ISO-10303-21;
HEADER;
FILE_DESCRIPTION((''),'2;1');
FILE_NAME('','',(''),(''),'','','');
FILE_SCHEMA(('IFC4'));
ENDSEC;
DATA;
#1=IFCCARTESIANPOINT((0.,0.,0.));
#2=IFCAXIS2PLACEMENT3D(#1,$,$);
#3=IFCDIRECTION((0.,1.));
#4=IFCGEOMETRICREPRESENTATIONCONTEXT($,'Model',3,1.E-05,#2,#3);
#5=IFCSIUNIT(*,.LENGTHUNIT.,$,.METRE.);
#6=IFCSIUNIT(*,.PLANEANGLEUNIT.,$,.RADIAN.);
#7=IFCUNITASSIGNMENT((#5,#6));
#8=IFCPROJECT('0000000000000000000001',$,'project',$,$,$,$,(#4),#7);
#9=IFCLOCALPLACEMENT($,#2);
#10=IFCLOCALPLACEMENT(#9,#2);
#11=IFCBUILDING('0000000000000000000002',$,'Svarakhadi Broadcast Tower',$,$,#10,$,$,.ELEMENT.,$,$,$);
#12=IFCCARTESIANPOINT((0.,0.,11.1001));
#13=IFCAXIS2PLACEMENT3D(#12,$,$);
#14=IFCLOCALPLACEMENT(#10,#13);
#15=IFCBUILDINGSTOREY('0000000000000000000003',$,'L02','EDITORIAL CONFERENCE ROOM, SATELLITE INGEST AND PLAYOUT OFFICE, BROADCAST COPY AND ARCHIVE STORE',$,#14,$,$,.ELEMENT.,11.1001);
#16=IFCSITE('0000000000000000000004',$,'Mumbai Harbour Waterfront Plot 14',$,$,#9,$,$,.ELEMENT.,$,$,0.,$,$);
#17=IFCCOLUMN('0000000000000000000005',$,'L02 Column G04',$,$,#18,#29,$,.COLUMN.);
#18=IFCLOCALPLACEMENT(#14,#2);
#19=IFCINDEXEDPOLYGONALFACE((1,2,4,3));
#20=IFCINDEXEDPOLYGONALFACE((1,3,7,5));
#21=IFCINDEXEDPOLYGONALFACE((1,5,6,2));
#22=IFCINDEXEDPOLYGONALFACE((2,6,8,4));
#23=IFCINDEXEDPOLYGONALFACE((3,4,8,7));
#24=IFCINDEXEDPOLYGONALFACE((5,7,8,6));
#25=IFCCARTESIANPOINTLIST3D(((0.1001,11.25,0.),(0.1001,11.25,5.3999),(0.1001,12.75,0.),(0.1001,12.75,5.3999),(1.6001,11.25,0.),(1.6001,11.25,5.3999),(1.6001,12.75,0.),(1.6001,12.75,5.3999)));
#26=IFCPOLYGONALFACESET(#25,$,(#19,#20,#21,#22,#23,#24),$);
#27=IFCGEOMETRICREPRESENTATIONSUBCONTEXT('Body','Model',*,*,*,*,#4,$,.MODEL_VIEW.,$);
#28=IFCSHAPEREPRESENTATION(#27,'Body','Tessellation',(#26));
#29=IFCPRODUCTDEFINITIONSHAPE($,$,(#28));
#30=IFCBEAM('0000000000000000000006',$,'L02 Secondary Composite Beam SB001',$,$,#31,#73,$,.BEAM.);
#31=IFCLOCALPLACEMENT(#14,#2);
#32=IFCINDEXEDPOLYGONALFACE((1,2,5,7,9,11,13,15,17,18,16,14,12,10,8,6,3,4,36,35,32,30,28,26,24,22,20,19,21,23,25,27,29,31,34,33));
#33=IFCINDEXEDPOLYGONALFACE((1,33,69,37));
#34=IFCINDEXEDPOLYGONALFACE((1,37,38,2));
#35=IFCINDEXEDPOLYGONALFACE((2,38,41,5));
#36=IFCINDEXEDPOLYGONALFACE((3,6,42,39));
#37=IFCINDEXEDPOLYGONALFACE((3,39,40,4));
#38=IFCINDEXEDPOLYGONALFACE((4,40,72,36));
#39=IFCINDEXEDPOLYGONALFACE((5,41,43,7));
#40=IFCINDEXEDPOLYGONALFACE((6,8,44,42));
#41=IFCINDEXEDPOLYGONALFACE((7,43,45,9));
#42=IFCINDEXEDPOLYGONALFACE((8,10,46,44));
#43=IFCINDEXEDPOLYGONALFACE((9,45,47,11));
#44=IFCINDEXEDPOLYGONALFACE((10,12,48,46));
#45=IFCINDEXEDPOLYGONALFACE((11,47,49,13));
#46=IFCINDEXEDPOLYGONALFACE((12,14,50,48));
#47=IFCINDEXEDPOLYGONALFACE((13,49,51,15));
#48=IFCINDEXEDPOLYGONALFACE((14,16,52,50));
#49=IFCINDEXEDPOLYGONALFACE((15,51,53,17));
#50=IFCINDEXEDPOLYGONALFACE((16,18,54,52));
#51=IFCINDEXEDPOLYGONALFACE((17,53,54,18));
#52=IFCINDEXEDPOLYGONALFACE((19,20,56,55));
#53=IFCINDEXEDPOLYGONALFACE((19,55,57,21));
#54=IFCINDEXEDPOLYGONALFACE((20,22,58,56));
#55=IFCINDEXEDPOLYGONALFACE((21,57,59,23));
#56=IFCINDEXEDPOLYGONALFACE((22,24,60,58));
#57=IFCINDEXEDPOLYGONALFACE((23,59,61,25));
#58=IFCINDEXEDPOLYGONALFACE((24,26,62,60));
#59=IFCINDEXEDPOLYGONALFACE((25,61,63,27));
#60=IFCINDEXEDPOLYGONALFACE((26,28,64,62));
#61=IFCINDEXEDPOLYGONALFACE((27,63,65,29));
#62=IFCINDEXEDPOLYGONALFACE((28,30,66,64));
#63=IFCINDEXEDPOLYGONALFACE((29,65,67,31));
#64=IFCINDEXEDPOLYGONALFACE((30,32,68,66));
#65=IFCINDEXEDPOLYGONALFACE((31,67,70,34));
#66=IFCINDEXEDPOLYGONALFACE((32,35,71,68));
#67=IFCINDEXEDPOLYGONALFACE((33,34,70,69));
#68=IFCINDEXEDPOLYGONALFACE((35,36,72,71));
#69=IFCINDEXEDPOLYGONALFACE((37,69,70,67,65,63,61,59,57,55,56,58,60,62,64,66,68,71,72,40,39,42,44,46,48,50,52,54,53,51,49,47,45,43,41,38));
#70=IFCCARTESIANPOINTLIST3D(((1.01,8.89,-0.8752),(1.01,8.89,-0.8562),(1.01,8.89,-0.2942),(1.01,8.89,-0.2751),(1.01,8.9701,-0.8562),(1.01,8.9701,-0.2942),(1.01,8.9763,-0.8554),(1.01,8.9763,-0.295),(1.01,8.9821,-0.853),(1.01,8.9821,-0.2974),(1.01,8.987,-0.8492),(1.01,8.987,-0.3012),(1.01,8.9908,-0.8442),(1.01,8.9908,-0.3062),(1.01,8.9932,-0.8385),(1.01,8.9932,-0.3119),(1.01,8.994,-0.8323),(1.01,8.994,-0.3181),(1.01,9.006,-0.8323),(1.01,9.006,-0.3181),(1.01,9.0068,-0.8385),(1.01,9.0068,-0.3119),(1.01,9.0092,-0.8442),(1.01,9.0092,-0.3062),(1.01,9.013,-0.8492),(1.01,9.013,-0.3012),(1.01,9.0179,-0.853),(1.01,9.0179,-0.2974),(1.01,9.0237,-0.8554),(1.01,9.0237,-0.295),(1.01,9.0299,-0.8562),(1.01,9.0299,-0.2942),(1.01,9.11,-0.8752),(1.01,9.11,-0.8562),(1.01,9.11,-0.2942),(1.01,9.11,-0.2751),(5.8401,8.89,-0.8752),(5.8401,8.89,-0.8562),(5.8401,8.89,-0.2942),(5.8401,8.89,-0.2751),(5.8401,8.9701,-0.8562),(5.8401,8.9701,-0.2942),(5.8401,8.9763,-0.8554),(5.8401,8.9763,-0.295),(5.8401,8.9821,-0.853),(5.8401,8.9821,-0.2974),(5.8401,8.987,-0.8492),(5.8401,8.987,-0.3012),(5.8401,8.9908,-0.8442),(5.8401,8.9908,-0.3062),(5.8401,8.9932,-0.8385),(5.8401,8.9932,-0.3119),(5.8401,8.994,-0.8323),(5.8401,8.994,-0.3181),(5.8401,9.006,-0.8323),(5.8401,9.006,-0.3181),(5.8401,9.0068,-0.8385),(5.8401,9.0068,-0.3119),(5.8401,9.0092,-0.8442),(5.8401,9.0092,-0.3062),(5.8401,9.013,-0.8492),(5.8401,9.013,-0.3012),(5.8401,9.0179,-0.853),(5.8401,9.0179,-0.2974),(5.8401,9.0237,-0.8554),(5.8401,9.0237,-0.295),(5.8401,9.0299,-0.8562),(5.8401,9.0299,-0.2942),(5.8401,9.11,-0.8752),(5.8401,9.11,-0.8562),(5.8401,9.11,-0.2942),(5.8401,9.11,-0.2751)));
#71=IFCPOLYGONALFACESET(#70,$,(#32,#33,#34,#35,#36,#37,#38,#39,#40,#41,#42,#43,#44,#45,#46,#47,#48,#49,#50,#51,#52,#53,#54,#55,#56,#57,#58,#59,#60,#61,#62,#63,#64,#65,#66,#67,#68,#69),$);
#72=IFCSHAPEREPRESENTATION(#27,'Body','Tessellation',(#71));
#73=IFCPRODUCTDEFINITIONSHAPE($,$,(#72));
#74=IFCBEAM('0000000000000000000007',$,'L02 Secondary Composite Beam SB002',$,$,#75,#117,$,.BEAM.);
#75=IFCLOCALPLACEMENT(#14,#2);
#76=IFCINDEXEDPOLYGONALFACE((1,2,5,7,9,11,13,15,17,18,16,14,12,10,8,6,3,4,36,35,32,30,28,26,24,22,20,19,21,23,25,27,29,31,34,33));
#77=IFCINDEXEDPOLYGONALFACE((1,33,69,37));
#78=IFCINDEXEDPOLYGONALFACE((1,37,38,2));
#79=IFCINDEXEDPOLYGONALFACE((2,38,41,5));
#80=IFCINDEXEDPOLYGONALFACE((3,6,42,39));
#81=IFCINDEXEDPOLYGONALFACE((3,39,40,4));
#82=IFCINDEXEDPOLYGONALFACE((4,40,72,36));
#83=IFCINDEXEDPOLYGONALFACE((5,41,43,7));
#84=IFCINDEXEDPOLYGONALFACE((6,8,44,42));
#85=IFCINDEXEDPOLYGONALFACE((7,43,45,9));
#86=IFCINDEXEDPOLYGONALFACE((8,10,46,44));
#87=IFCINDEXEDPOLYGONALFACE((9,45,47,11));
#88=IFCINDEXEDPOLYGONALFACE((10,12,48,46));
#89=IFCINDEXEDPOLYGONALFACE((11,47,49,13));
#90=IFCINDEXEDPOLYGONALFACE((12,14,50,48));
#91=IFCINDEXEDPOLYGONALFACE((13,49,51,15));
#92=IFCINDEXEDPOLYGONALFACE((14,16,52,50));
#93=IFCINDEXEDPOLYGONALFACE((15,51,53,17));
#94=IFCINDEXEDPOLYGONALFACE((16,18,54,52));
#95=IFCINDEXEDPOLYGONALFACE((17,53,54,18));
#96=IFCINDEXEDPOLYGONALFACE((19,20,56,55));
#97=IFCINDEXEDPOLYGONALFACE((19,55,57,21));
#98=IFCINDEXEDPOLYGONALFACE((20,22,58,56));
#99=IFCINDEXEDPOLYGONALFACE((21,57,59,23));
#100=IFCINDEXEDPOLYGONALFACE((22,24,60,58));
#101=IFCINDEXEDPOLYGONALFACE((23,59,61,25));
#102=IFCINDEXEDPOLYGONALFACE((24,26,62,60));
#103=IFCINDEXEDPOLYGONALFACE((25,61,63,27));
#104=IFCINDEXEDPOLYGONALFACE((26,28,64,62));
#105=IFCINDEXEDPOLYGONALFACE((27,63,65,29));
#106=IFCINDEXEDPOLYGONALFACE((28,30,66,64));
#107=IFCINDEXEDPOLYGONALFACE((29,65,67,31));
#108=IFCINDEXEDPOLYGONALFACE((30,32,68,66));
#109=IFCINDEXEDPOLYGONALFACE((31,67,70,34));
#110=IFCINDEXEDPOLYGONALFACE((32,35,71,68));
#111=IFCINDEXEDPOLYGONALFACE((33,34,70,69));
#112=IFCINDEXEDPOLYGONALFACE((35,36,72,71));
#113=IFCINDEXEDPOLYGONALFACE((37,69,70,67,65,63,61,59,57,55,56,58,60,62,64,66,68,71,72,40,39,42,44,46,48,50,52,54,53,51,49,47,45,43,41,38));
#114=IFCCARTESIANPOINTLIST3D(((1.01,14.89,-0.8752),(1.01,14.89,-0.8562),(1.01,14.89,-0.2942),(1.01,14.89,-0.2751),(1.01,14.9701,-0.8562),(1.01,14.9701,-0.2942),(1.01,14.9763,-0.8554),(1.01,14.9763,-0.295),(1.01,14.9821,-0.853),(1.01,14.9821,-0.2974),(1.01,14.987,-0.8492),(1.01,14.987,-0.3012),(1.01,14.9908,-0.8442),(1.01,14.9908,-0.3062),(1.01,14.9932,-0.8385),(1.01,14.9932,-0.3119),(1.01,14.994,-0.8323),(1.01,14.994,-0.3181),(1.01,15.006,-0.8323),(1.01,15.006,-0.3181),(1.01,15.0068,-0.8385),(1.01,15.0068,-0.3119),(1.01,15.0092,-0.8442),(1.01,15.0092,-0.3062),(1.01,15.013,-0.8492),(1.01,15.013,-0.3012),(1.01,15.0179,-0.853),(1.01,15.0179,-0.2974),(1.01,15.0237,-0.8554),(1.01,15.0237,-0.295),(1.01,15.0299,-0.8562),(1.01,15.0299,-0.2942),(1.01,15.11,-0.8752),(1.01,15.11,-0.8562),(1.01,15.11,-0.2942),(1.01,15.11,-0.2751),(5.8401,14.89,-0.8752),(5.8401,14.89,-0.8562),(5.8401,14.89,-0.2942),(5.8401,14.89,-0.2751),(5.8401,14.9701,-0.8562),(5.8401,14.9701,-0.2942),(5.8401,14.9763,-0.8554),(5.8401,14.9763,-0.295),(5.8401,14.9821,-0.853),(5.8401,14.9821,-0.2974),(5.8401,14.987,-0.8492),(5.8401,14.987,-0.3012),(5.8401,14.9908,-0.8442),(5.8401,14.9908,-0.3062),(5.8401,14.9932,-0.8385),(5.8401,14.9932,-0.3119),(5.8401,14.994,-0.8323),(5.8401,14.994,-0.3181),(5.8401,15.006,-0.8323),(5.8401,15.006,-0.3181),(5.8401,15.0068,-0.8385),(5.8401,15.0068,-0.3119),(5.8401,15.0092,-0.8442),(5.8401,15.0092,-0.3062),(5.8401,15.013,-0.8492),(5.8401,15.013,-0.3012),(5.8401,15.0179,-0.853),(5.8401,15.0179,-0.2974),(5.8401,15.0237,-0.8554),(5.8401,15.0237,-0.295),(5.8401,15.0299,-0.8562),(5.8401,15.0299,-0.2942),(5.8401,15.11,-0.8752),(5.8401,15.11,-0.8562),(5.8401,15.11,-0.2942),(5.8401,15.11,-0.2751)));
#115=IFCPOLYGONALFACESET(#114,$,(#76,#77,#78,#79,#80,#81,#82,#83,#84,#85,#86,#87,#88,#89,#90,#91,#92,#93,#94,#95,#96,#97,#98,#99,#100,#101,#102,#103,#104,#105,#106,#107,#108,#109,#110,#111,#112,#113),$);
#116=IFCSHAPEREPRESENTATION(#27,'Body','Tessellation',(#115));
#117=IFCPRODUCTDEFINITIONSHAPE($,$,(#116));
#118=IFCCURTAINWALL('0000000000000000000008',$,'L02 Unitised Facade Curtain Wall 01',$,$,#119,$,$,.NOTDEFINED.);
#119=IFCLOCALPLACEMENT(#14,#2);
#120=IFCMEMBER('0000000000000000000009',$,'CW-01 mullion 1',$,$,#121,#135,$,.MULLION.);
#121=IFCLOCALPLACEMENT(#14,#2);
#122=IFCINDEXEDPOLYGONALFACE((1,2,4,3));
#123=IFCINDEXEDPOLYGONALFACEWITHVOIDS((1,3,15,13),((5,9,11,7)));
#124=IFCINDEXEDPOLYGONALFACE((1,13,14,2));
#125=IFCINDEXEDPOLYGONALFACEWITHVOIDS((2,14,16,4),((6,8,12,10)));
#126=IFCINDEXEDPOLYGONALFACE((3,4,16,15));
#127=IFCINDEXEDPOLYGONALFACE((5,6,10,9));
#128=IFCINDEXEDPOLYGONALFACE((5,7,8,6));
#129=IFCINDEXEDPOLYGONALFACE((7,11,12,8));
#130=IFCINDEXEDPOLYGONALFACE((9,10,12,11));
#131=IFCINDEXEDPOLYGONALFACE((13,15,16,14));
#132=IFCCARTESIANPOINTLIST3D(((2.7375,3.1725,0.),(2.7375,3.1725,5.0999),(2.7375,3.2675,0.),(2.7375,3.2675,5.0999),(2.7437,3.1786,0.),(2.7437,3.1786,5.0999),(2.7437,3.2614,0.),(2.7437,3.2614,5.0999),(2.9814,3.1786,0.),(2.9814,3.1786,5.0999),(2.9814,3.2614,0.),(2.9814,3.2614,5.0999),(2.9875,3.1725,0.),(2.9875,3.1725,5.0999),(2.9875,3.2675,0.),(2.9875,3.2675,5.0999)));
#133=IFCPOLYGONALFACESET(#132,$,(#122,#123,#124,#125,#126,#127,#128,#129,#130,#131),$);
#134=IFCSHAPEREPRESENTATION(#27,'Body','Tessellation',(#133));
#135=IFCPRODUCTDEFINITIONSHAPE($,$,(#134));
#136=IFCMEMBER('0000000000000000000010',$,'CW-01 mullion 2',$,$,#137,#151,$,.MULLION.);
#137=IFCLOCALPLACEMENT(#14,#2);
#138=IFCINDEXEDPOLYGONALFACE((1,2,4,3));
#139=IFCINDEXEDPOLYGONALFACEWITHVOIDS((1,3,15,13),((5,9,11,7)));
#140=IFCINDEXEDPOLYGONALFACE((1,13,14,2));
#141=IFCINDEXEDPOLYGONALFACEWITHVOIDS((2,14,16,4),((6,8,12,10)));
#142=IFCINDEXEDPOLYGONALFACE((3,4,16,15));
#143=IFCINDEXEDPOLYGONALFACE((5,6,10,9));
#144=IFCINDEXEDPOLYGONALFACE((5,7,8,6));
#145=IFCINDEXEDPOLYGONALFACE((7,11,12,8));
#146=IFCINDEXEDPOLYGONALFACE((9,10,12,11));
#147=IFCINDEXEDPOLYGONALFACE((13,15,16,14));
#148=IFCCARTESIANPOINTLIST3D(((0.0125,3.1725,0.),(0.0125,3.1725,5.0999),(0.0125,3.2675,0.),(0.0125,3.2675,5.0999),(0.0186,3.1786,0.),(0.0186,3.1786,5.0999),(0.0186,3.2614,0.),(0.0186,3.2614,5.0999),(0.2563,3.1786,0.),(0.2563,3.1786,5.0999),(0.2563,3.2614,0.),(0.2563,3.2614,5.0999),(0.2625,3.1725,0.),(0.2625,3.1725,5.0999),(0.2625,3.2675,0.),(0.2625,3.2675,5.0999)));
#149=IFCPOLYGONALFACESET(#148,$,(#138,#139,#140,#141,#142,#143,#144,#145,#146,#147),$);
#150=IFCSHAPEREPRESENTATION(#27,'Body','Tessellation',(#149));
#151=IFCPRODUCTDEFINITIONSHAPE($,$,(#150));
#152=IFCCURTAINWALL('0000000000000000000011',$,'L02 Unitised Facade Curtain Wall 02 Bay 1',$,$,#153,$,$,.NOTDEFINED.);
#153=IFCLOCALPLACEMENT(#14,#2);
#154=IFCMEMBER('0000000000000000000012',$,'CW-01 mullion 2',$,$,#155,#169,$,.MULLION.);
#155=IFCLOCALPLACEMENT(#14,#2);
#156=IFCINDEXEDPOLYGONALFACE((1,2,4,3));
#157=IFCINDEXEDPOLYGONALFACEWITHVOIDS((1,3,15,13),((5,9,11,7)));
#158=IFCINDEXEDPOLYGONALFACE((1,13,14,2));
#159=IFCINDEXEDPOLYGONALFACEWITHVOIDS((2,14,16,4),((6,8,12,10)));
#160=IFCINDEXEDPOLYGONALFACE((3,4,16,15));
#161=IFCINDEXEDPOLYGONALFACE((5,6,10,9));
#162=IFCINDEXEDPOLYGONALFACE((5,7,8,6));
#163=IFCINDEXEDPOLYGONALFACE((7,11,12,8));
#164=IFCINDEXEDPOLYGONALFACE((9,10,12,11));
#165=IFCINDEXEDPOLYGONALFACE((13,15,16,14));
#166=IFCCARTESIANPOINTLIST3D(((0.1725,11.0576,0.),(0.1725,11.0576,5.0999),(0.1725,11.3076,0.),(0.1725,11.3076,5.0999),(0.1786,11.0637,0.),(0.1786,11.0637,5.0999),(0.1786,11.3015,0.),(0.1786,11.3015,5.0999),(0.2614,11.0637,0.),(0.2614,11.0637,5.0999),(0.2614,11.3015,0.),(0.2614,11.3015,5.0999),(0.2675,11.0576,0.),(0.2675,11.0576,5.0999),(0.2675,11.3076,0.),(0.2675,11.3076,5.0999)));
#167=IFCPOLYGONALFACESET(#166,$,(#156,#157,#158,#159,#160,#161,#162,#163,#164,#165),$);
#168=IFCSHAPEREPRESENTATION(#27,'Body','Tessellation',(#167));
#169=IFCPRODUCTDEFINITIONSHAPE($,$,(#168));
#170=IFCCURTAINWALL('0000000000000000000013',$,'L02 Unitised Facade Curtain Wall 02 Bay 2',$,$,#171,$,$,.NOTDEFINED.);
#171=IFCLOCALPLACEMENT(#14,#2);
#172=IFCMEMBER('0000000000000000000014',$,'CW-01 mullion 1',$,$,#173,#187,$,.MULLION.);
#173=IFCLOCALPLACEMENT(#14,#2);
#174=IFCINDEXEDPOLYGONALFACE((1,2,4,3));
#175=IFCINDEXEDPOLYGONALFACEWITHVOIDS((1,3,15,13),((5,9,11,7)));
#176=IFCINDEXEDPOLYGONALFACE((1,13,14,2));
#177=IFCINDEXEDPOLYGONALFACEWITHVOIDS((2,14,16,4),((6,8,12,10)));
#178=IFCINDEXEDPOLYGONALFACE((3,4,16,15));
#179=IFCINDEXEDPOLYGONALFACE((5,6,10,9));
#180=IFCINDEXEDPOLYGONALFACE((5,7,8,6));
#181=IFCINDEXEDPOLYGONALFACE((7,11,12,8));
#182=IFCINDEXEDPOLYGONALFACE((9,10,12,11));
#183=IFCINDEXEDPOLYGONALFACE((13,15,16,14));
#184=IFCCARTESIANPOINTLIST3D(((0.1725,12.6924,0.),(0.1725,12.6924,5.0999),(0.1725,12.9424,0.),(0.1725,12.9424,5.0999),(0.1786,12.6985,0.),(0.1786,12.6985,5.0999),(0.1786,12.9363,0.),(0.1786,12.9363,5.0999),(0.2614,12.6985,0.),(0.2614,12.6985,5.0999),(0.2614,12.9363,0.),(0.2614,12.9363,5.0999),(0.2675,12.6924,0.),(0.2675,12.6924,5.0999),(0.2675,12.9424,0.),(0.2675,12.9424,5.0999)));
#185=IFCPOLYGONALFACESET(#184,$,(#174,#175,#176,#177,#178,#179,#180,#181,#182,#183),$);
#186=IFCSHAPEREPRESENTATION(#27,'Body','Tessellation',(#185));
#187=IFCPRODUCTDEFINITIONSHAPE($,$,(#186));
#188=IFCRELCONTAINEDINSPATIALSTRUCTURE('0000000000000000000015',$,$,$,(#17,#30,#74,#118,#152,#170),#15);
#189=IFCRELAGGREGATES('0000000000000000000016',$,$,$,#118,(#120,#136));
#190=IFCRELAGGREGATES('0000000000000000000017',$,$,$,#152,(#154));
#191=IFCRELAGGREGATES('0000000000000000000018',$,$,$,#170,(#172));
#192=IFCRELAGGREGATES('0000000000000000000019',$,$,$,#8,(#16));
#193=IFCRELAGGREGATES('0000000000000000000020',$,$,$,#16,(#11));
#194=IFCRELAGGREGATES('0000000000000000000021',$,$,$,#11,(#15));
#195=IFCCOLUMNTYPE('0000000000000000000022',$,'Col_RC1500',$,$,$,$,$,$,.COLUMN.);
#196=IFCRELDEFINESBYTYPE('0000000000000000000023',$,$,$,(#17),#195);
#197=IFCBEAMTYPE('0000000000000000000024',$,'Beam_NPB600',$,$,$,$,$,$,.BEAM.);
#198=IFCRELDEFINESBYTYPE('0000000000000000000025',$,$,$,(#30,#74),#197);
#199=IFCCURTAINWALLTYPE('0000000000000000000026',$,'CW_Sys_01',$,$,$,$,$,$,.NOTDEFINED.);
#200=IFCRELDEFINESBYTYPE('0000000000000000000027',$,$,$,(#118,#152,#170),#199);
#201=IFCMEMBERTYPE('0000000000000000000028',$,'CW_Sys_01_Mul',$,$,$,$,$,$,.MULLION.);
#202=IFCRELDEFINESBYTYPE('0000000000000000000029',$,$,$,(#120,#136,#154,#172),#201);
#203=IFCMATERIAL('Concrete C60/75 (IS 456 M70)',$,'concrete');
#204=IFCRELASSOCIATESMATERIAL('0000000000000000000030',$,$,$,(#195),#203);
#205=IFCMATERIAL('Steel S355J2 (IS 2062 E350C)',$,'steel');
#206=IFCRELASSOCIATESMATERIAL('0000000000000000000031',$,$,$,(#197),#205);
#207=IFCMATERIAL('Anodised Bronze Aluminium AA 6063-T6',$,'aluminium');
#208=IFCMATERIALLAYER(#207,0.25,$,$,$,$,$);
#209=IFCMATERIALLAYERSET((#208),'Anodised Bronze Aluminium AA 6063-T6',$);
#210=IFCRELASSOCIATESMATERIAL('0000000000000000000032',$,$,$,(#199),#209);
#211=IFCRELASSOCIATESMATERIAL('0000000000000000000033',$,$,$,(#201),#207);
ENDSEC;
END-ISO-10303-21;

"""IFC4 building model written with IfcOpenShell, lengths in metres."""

from ifc_helpers import new_model, si_unit, direction, frame, origin, origin_2d, place, context, subcontext, project, spatial, rectangle, hollow_rectangle, i_section, extrude, material, layer, layer_set, material_profile, profile_set, type_object, element, aggregate, save


model = new_model("IFC4")

# Units and contexts
model_context = context("Model", 3, precision=1e-05, world=origin(), true_north=direction((0.0, 1.0)))
body_context = subcontext(model_context, "Body", "Model", "MODEL_VIEW")
ifc_project = project(units=[si_unit("LENGTHUNIT", "METRE"), si_unit("PLANEANGLEUNIT", "RADIAN")], contexts=[model_context])

# Site, building, storey
site_placement = place(None, origin())
site = spatial("IfcSite", under=ifc_project, at=site_placement, Name="Mumbai Harbour Waterfront Plot 14", CompositionType="ELEMENT", RefElevation=0.0)
building_placement = place(site_placement, origin())
building = spatial("IfcBuilding", under=site, at=building_placement, Name="Svarakhadi Broadcast Tower", CompositionType="ELEMENT")
storey_placement = place(building_placement, frame((0.0, 0.0, 11.1001)))
storey = spatial("IfcBuildingStorey", under=building, at=storey_placement, Name="L02", Description="EDITORIAL CONFERENCE ROOM, SATELLITE INGEST AND PLAYOUT OFFICE, BROADCAST COPY AND ARCHIVE STORE", CompositionType="ELEMENT", Elevation=11.1001)

# Column
ifc_material_1 = material(Name="Concrete C60/75 (IS 456 M70)", Category="concrete")
ifc_material_profile_1 = material_profile(ifc_material_1, rectangle(XDim=1.5, YDim=1.5, at=origin_2d()), Name="RC 1500x1500")
ifc_profile_set_1 = profile_set([ifc_material_profile_1], Name="Concrete C60/75 (IS 456 M70)")
column_type_1 = type_object("IfcColumnType", Name="Col_RC1500", PredefinedType="COLUMN", material=ifc_profile_set_1)
column_placement = place(storey_placement, frame((0.8501, 12.0, 0.0), z_axis=(0.0, 0.0, 1.0), x_axis=(1.0, 0.0, 0.0)))
element("IfcColumn", 1, at=column_placement, inside=storey, type_object=column_type_1, Name="L02 Column G04", PredefinedType="COLUMN", context=body_context, shape_type="SweptSolid", body=[
    extrude(rectangle(XDim=1.5, YDim=1.5, at=origin_2d()), origin(), (0.0, 0.0, 1.0), 5.3999),
])

# Beams
ifc_material_2 = material(Name="Steel S355J2 (IS 2062 E350C)", Category="steel")
ifc_material_profile_2 = material_profile(ifc_material_2, i_section(OverallWidth=0.22, OverallDepth=0.6001, WebThickness=0.012, FlangeThickness=0.019, FilletRadius=0.0239, at=origin_2d()), Name="NPB 600x220x122")
ifc_profile_set_2 = profile_set([ifc_material_profile_2], Name="Steel S355J2 (IS 2062 E350C)")
beam_type_1 = type_object("IfcBeamType", Name="Beam_NPB600", PredefinedType="BEAM", material=ifc_profile_set_2)
for number, where, z_axis, x_axis, name in (
    (2, (1.01, 9.0, -0.5752), (1.0, 0.0, 0.0), (0.0, 1.0, 0.0), "L02 Secondary Composite Beam SB001"),
    (3, (1.01, 15.0, -0.5752), (1.0, 0.0, 0.0), (0.0, 1.0, 0.0), "L02 Secondary Composite Beam SB002"),
):
    element("IfcBeam", number, at=place(storey_placement, frame(where, z_axis=z_axis, x_axis=x_axis)), inside=storey, type_object=beam_type_1, Name=name, PredefinedType="BEAM", context=body_context, shape_type="SweptSolid", body=[
        extrude(i_section(OverallWidth=0.22, OverallDepth=0.6001, WebThickness=0.012, FlangeThickness=0.019, FilletRadius=0.0239, at=origin_2d()), origin(), (0.0, 0.0, 1.0), 4.8301),
    ])

# Curtain wall, members
ifc_material_3 = material(Name="Anodised Bronze Aluminium AA 6063-T6", Category="aluminium")
ifc_layer_1 = layer(ifc_material_3, 0.25)
ifc_layer_set_1 = layer_set([ifc_layer_1], Name="Anodised Bronze Aluminium AA 6063-T6")
curtain_wall_type = type_object("IfcCurtainWallType", Name="CW_Sys_01", PredefinedType="NOTDEFINED", material=ifc_layer_set_1)
curtain_wall_1_placement = place(storey_placement, origin())
curtain_wall_1 = element("IfcCurtainWall", 4, at=curtain_wall_1_placement, inside=storey, type_object=curtain_wall_type, Name="L02 Unitised Facade Curtain Wall 01", PredefinedType="NOTDEFINED")
ifc_material_profile_3 = material_profile(ifc_material_3, hollow_rectangle(XDim=0.095, YDim=0.25, WallThickness=0.0061, at=origin_2d()), Name="ALU MULLION 250x95x6")
ifc_profile_set_3 = profile_set([ifc_material_profile_3], Name="Anodised Bronze Aluminium AA 6063-T6")
member_type_1 = type_object("IfcMemberType", Name="CW_Sys_01_Mul", PredefinedType="MULLION", material=ifc_profile_set_3)
member_1_placement = place(storey_placement, frame((2.8625, 3.22, 0.0), z_axis=(0.0, 0.0, 1.0), x_axis=(0.0, -1.0, 0.0)))
member_1 = element("IfcMember", 5, at=member_1_placement, type_object=member_type_1, Name="CW-01 mullion 1", PredefinedType="MULLION", context=body_context, shape_type="SweptSolid", body=[
    extrude(hollow_rectangle(XDim=0.095, YDim=0.25, WallThickness=0.0061, at=origin_2d()), origin(), (0.0, 0.0, 1.0), 5.0999),
])
member_2_placement = place(storey_placement, frame((0.1375, 3.22, 0.0), z_axis=(0.0, 0.0, 1.0), x_axis=(0.0, -1.0, 0.0)))
member_2 = element("IfcMember", 6, at=member_2_placement, type_object=member_type_1, Name="CW-01 mullion 2", PredefinedType="MULLION", context=body_context, shape_type="SweptSolid", body=[
    extrude(hollow_rectangle(XDim=0.095, YDim=0.25, WallThickness=0.0061, at=origin_2d()), origin(), (0.0, 0.0, 1.0), 5.0999),
])

# Curtain walls, members
curtain_wall_2_placement = place(storey_placement, origin())
curtain_wall_2 = element("IfcCurtainWall", 7, at=curtain_wall_2_placement, inside=storey, type_object=curtain_wall_type, Name="L02 Unitised Facade Curtain Wall 02 Bay 1", PredefinedType="NOTDEFINED")
member_3_placement = place(storey_placement, frame((0.22, 11.1826, 0.0), z_axis=(0.0, 0.0, 1.0), x_axis=(-1.0, 0.0, 0.0)))
member_3 = element("IfcMember", 8, at=member_3_placement, type_object=member_type_1, Name="CW-01 mullion 2", PredefinedType="MULLION", context=body_context, shape_type="SweptSolid", body=[
    extrude(hollow_rectangle(XDim=0.095, YDim=0.25, WallThickness=0.0061, at=origin_2d()), origin(), (0.0, 0.0, 1.0), 5.0999),
])
curtain_wall_3_placement = place(storey_placement, origin())
curtain_wall_3 = element("IfcCurtainWall", 9, at=curtain_wall_3_placement, inside=storey, type_object=curtain_wall_type, Name="L02 Unitised Facade Curtain Wall 02 Bay 2", PredefinedType="NOTDEFINED")
member_4_placement = place(storey_placement, frame((0.22, 12.8174, 0.0), z_axis=(0.0, 0.0, 1.0), x_axis=(-1.0, 0.0, 0.0)))
member_4 = element("IfcMember", 10, at=member_4_placement, type_object=member_type_1, Name="CW-01 mullion 1", PredefinedType="MULLION", context=body_context, shape_type="SweptSolid", body=[
    extrude(hollow_rectangle(XDim=0.095, YDim=0.25, WallThickness=0.0061, at=origin_2d()), origin(), (0.0, 0.0, 1.0), 5.0999),
])

aggregate(curtain_wall_1, [member_1, member_2])
aggregate(curtain_wall_2, [member_3])
aggregate(curtain_wall_3, [member_4])

save(model, "model.ifc")
